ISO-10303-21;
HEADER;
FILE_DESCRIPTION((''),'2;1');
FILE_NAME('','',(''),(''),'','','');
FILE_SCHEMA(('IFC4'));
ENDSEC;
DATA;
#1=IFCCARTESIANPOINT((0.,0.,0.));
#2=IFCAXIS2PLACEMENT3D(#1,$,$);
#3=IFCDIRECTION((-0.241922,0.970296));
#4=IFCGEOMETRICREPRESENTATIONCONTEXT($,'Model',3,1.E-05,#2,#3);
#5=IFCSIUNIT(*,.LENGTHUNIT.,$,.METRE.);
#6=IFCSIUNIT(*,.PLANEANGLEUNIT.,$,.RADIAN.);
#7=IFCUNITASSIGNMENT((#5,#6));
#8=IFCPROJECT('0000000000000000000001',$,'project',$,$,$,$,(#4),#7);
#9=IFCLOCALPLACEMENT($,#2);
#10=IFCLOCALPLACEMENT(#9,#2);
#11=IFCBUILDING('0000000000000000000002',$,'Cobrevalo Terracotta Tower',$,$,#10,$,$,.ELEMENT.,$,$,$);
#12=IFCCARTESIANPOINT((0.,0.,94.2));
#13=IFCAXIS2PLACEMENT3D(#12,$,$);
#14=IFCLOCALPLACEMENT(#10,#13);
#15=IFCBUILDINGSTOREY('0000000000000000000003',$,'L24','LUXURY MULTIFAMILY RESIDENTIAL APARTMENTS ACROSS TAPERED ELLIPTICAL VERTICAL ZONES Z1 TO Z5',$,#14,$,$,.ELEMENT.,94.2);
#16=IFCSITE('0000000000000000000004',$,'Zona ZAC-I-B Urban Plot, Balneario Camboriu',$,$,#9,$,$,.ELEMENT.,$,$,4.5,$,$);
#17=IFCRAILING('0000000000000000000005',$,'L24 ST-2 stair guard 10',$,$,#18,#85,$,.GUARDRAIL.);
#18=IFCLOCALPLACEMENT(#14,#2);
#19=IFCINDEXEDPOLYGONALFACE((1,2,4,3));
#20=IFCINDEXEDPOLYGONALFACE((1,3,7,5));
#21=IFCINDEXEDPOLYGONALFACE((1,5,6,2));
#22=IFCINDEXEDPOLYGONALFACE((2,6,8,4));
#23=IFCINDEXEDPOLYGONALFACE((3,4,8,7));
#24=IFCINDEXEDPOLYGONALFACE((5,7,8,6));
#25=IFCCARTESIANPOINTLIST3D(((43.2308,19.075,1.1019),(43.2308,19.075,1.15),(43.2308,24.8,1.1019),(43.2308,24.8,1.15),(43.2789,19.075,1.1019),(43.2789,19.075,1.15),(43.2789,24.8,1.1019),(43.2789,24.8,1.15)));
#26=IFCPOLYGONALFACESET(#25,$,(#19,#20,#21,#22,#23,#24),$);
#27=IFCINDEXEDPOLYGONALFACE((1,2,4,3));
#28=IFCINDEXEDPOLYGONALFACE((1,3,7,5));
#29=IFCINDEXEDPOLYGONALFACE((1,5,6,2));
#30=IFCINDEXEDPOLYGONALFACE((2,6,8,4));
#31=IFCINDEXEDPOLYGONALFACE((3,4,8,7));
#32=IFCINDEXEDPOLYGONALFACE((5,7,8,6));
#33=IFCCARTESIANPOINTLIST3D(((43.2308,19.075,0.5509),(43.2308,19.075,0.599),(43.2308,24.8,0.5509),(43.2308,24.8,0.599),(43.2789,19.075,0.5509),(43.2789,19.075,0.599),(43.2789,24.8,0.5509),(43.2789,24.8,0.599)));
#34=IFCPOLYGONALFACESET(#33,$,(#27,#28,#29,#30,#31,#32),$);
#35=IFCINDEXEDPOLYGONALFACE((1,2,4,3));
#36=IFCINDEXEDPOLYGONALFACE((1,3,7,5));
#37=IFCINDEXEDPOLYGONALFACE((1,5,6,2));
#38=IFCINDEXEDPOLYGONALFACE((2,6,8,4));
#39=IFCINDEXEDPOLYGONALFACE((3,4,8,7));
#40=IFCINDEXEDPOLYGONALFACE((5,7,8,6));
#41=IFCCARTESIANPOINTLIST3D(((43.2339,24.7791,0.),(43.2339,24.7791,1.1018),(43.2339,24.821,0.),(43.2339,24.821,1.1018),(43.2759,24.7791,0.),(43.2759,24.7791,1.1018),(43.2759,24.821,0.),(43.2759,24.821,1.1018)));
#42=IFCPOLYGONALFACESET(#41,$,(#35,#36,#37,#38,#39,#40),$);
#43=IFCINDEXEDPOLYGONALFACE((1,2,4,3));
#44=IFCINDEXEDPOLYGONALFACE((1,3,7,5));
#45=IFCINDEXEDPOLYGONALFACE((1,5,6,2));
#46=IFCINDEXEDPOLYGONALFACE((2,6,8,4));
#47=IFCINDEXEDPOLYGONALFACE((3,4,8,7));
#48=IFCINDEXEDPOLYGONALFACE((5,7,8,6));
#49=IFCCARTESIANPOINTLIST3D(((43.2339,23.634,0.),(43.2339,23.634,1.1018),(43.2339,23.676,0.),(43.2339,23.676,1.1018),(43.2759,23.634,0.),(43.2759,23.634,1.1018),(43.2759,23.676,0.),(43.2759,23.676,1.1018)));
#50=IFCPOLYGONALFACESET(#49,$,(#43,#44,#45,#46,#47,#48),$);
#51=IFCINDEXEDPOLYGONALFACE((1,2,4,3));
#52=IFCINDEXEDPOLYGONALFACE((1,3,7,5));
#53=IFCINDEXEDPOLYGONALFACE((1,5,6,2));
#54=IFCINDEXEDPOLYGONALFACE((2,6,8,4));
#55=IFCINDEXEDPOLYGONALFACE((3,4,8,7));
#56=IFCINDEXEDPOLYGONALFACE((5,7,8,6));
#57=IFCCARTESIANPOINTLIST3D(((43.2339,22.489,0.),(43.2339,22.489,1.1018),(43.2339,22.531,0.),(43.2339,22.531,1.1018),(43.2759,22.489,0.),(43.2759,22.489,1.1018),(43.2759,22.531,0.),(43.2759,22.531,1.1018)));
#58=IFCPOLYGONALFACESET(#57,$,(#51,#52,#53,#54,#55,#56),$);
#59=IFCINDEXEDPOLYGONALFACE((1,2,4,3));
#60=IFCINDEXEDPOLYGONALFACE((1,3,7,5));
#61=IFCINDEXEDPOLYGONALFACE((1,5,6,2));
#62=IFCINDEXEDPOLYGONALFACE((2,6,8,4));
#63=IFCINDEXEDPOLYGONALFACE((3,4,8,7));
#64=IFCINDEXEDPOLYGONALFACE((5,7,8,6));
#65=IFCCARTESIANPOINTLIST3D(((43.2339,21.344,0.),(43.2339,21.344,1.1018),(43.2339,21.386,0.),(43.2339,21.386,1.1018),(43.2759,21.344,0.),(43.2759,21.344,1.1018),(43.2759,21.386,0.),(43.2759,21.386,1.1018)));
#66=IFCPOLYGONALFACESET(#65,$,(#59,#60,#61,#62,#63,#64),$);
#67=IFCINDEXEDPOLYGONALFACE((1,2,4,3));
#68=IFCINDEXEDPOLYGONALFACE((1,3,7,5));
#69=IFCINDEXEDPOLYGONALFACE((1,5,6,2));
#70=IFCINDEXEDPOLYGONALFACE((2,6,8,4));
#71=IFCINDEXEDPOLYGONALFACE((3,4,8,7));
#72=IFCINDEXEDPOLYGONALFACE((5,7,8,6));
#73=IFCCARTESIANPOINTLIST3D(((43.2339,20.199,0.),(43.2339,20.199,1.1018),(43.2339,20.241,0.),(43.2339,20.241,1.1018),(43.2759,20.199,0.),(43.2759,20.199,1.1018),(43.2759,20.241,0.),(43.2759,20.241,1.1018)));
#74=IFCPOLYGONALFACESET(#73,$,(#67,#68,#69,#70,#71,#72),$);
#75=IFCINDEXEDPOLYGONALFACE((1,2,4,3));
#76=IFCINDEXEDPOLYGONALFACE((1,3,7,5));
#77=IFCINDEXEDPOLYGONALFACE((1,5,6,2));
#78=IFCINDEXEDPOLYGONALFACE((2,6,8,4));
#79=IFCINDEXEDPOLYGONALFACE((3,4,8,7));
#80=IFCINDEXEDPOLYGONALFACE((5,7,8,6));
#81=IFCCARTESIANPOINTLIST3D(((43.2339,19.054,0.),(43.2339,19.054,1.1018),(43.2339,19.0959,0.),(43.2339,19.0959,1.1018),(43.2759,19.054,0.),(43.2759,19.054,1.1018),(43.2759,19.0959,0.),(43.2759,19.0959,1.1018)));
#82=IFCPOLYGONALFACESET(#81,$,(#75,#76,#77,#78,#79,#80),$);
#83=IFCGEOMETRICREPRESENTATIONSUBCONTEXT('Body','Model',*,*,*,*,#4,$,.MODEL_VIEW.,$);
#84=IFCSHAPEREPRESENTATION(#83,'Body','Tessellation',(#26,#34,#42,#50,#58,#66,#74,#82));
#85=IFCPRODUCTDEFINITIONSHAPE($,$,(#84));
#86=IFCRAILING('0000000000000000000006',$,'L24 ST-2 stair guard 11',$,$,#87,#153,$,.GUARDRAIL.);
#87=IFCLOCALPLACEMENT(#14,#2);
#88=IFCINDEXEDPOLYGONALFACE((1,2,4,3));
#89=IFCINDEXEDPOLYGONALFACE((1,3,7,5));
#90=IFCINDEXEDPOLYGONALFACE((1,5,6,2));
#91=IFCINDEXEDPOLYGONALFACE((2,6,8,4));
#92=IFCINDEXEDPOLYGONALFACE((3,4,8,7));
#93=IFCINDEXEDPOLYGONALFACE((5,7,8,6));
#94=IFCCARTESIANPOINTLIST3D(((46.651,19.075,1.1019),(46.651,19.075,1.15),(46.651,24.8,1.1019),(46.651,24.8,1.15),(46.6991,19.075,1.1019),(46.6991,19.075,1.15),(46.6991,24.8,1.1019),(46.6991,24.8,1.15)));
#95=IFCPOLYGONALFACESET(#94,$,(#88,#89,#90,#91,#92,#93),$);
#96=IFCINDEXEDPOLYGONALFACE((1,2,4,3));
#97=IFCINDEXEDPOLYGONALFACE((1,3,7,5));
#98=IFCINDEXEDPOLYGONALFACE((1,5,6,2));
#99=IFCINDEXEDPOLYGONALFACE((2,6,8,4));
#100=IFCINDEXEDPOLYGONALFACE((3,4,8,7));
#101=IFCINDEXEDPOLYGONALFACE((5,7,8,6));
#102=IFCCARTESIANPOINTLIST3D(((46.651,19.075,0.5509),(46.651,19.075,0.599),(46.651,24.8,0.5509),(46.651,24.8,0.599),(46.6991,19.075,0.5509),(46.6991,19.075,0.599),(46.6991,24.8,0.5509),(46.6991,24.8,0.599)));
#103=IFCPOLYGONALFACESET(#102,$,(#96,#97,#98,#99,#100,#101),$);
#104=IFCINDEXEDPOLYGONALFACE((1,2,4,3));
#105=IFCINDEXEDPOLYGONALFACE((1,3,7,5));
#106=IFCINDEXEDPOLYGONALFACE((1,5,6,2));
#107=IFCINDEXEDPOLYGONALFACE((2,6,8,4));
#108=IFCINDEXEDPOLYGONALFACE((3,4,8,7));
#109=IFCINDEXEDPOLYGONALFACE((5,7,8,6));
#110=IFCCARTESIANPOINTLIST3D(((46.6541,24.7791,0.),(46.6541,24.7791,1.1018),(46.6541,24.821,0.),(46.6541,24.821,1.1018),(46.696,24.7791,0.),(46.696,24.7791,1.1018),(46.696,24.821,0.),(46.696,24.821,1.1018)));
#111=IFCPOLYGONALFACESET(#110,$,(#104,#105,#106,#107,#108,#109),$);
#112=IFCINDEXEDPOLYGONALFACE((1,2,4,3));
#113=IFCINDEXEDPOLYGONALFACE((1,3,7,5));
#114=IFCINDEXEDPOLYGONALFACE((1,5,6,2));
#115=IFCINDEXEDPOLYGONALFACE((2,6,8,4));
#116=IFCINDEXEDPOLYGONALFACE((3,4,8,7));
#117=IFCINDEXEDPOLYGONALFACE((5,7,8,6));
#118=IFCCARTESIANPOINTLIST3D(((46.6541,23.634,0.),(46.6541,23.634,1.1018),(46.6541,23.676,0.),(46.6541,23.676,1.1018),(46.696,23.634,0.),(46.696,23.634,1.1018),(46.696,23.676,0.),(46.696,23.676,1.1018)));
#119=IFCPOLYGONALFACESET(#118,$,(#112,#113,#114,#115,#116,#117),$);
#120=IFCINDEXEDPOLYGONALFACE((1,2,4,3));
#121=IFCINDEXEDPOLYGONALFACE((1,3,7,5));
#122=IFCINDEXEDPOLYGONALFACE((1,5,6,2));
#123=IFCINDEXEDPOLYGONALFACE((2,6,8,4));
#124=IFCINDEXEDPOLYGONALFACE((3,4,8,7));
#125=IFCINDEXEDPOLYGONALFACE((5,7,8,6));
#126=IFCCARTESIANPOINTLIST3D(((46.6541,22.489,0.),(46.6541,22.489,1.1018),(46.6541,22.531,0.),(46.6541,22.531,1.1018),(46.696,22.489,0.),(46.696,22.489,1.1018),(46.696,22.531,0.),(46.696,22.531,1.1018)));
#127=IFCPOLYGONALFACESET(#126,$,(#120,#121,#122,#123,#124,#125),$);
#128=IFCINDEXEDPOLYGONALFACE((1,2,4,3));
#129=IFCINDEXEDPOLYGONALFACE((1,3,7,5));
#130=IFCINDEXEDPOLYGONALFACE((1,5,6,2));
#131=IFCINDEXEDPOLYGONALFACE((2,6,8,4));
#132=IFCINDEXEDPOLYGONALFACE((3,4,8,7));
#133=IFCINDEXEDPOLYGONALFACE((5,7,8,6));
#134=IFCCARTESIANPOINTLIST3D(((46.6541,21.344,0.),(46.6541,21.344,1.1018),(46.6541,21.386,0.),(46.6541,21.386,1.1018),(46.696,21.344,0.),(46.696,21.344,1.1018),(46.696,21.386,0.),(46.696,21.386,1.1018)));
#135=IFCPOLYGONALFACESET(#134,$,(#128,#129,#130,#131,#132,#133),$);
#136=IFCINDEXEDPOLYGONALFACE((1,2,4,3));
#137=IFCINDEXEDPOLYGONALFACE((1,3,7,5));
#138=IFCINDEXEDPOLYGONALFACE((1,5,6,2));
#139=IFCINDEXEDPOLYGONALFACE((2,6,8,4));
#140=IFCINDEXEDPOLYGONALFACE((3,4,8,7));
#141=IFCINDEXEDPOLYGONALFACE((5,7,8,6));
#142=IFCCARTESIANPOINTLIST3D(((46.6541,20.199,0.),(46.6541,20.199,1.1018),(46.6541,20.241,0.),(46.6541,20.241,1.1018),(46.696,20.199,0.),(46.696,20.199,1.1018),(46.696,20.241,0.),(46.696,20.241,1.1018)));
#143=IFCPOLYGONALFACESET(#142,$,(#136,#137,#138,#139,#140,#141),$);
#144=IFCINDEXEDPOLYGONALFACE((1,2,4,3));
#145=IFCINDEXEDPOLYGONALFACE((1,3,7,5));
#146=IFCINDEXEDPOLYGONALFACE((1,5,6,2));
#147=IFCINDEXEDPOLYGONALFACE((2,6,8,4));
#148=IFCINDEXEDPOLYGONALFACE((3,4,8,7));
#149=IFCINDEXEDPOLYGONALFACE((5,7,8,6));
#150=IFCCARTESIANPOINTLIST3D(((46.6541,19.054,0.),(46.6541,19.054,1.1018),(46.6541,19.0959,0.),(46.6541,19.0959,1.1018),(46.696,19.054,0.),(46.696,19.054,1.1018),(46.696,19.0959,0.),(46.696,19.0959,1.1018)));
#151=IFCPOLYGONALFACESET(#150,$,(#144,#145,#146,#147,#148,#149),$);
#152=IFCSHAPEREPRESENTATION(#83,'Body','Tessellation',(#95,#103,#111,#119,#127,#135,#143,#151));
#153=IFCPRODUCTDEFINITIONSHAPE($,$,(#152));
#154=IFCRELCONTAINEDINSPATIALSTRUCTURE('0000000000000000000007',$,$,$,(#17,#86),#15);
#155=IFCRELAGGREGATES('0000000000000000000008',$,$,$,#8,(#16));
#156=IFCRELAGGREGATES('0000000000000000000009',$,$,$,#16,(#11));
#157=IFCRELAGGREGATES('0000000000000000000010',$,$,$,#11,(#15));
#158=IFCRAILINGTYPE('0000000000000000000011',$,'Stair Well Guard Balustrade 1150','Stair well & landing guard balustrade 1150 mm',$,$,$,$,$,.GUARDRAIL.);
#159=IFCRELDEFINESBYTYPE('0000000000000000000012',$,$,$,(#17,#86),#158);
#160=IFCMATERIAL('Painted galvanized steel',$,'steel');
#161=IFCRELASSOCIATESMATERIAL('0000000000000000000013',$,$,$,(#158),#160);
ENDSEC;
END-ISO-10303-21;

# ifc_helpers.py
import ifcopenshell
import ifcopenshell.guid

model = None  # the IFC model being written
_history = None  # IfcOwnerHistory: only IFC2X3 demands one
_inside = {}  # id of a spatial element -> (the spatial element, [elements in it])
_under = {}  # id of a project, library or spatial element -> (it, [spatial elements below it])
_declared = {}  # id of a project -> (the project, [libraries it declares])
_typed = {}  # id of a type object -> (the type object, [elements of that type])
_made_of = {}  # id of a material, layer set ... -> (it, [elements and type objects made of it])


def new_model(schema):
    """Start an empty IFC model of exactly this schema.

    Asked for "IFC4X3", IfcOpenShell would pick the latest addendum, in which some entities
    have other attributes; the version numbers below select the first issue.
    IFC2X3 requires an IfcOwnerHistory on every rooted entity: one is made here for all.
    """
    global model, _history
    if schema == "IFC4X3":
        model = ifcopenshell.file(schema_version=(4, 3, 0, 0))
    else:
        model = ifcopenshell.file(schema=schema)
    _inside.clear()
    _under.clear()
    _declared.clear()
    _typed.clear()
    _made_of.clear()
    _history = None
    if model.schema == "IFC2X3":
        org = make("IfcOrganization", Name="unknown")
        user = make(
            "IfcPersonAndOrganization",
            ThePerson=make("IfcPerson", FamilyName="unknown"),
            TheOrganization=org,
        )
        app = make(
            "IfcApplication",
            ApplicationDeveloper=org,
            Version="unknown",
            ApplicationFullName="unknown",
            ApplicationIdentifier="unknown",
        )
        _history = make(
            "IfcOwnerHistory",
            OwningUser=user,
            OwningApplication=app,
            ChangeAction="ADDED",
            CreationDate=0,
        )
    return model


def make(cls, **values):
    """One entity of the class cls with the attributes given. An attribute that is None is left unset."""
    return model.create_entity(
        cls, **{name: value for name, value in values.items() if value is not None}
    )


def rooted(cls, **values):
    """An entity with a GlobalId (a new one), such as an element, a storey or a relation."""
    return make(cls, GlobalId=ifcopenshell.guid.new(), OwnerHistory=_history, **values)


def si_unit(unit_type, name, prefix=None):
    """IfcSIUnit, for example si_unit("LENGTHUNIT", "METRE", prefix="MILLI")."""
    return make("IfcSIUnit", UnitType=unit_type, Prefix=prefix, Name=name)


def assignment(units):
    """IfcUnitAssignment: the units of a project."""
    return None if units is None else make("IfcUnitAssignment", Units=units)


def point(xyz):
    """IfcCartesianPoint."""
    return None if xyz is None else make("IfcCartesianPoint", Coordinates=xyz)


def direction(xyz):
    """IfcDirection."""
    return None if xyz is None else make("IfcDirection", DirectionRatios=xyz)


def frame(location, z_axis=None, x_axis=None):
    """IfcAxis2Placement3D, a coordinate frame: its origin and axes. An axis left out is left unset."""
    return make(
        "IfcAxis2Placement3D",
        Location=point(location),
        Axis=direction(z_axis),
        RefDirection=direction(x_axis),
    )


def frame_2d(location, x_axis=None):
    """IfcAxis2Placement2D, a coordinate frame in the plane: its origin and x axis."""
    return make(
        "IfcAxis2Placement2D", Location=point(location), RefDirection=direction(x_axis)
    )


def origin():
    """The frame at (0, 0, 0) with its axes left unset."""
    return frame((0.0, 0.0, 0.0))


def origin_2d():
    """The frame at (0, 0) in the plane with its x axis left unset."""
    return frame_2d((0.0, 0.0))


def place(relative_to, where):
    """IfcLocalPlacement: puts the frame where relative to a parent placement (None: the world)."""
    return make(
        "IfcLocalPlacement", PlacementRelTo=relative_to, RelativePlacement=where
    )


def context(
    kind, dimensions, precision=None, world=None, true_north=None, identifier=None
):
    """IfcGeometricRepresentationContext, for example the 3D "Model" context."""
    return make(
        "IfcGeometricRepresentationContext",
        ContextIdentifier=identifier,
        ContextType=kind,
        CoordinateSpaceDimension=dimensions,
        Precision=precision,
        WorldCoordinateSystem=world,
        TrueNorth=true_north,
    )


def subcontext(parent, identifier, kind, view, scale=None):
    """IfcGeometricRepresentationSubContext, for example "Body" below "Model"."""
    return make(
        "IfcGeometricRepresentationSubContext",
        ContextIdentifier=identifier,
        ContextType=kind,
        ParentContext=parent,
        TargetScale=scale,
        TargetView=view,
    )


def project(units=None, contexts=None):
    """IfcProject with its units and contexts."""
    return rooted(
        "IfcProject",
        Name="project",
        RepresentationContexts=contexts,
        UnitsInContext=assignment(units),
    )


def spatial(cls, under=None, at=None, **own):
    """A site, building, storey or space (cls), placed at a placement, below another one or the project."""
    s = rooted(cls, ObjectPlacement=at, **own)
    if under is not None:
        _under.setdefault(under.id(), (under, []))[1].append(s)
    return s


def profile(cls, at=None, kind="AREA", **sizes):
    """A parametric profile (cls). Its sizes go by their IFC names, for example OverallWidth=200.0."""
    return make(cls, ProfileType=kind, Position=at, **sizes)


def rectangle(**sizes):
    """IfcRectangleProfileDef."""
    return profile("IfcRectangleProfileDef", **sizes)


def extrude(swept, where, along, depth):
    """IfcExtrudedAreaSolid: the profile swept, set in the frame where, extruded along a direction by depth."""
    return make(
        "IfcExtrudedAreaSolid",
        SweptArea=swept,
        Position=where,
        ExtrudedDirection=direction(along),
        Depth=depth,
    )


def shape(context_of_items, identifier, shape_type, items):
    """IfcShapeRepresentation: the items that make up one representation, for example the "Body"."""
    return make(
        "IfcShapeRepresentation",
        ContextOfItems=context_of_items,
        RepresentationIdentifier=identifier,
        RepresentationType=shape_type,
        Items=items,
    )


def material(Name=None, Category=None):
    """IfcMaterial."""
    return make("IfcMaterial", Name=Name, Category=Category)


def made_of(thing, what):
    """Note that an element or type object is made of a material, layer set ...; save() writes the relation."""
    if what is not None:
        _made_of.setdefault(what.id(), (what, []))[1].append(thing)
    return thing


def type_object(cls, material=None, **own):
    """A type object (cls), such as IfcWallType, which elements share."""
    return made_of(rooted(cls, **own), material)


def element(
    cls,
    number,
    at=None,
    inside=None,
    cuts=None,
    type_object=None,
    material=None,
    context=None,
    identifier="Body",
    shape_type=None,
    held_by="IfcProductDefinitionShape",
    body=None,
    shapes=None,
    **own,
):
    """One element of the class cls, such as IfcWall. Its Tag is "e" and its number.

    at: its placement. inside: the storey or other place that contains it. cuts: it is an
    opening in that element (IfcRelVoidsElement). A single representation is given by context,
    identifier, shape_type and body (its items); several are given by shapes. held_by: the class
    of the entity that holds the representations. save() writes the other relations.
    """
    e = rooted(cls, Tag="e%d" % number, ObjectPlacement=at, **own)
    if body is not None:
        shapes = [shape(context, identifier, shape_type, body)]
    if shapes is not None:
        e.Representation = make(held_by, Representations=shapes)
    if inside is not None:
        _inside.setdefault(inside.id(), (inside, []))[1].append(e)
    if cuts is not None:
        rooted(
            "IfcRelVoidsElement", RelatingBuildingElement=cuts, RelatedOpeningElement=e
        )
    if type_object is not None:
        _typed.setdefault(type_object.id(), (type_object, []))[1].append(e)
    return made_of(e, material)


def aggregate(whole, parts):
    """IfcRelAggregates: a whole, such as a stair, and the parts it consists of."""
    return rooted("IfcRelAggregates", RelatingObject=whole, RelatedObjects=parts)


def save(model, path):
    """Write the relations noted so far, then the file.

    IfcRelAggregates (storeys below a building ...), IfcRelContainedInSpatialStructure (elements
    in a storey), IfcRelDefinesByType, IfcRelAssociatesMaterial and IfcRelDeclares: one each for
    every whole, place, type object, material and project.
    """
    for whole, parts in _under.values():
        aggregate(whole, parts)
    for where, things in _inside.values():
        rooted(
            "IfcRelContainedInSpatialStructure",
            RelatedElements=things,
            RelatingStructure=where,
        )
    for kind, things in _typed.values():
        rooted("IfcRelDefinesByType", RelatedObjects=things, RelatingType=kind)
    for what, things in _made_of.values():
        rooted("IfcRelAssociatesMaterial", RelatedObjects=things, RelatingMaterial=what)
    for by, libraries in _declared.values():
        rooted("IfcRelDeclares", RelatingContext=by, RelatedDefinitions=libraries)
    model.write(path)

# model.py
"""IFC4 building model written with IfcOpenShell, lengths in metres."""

from ifc_helpers import new_model, si_unit, direction, frame, origin, origin_2d, place, context, subcontext, project, spatial, rectangle, extrude, material, type_object, element, save


model = new_model("IFC4")

# Units and contexts
model_context = context("Model", 3, precision=1e-05, world=origin(), true_north=direction((-0.241922, 0.970296)))
body_context = subcontext(model_context, "Body", "Model", "MODEL_VIEW")
ifc_project = project(units=[si_unit("LENGTHUNIT", "METRE"), si_unit("PLANEANGLEUNIT", "RADIAN")], contexts=[model_context])

# Site, building, storey
site_placement = place(None, origin())
site = spatial("IfcSite", under=ifc_project, at=site_placement, Name="Zona ZAC-I-B Urban Plot, Balneario Camboriu", CompositionType="ELEMENT", RefElevation=4.5)
building_placement = place(site_placement, origin())
building = spatial("IfcBuilding", under=site, at=building_placement, Name="Cobrevalo Terracotta Tower", CompositionType="ELEMENT")
storey_placement = place(building_placement, frame((0.0, 0.0, 94.2)))
storey = spatial("IfcBuildingStorey", under=building, at=storey_placement, Name="L24", Description="LUXURY MULTIFAMILY RESIDENTIAL APARTMENTS ACROSS TAPERED ELLIPTICAL VERTICAL ZONES Z1 TO Z5", CompositionType="ELEMENT", Elevation=94.2)

# Railings
ifc_material_1 = material(Name="Painted galvanized steel", Category="steel")
railing_type_1 = type_object("IfcRailingType", Name="Stair Well Guard Balustrade 1150", Description="Stair well & landing guard balustrade 1150 mm", PredefinedType="GUARDRAIL", material=ifc_material_1)
for number, where, name in (
    (1, (43.2549, 24.8, 0.0), "L24 ST-2 stair guard 10"),
    (2, (46.675, 24.8, 0.0), "L24 ST-2 stair guard 11"),
):
    element("IfcRailing", number, at=place(storey_placement, frame(where)), inside=storey, type_object=railing_type_1, Name=name, PredefinedType="GUARDRAIL", context=body_context, shape_type="SweptSolid", body=[
        extrude(rectangle(XDim=0.0481, YDim=0.0481, at=origin_2d()), frame((0.0, 0.0, 1.126), z_axis=(0.0, -1.0, 0.0), x_axis=(1.0, 0.0, 0.0)), (0.0, 0.0, 1.0), 5.7251),
        extrude(rectangle(XDim=0.0481, YDim=0.0481, at=origin_2d()), frame((0.0, 0.0, 0.575), z_axis=(0.0, -1.0, 0.0), x_axis=(1.0, 0.0, 0.0)), (0.0, 0.0, 1.0), 5.7251),
        extrude(rectangle(XDim=0.042, YDim=0.042, at=origin_2d()), origin(), (0.0, 0.0, 1.0), 1.1018),
        extrude(rectangle(XDim=0.042, YDim=0.042, at=origin_2d()), frame((0.0, -1.145, 0.0)), (0.0, 0.0, 1.0), 1.1018),
        extrude(rectangle(XDim=0.042, YDim=0.042, at=origin_2d()), frame((0.0, -2.29, 0.0)), (0.0, 0.0, 1.0), 1.1018),
        extrude(rectangle(XDim=0.042, YDim=0.042, at=origin_2d()), frame((0.0, -3.4351, 0.0)), (0.0, 0.0, 1.0), 1.1018),
        extrude(rectangle(XDim=0.042, YDim=0.042, at=origin_2d()), frame((0.0, -4.5801, 0.0)), (0.0, 0.0, 1.0), 1.1018),
        extrude(rectangle(XDim=0.042, YDim=0.042, at=origin_2d()), frame((0.0, -5.7251, 0.0)), (0.0, 0.0, 1.0), 1.1018),
    ])

save(model, "model.ifc")
